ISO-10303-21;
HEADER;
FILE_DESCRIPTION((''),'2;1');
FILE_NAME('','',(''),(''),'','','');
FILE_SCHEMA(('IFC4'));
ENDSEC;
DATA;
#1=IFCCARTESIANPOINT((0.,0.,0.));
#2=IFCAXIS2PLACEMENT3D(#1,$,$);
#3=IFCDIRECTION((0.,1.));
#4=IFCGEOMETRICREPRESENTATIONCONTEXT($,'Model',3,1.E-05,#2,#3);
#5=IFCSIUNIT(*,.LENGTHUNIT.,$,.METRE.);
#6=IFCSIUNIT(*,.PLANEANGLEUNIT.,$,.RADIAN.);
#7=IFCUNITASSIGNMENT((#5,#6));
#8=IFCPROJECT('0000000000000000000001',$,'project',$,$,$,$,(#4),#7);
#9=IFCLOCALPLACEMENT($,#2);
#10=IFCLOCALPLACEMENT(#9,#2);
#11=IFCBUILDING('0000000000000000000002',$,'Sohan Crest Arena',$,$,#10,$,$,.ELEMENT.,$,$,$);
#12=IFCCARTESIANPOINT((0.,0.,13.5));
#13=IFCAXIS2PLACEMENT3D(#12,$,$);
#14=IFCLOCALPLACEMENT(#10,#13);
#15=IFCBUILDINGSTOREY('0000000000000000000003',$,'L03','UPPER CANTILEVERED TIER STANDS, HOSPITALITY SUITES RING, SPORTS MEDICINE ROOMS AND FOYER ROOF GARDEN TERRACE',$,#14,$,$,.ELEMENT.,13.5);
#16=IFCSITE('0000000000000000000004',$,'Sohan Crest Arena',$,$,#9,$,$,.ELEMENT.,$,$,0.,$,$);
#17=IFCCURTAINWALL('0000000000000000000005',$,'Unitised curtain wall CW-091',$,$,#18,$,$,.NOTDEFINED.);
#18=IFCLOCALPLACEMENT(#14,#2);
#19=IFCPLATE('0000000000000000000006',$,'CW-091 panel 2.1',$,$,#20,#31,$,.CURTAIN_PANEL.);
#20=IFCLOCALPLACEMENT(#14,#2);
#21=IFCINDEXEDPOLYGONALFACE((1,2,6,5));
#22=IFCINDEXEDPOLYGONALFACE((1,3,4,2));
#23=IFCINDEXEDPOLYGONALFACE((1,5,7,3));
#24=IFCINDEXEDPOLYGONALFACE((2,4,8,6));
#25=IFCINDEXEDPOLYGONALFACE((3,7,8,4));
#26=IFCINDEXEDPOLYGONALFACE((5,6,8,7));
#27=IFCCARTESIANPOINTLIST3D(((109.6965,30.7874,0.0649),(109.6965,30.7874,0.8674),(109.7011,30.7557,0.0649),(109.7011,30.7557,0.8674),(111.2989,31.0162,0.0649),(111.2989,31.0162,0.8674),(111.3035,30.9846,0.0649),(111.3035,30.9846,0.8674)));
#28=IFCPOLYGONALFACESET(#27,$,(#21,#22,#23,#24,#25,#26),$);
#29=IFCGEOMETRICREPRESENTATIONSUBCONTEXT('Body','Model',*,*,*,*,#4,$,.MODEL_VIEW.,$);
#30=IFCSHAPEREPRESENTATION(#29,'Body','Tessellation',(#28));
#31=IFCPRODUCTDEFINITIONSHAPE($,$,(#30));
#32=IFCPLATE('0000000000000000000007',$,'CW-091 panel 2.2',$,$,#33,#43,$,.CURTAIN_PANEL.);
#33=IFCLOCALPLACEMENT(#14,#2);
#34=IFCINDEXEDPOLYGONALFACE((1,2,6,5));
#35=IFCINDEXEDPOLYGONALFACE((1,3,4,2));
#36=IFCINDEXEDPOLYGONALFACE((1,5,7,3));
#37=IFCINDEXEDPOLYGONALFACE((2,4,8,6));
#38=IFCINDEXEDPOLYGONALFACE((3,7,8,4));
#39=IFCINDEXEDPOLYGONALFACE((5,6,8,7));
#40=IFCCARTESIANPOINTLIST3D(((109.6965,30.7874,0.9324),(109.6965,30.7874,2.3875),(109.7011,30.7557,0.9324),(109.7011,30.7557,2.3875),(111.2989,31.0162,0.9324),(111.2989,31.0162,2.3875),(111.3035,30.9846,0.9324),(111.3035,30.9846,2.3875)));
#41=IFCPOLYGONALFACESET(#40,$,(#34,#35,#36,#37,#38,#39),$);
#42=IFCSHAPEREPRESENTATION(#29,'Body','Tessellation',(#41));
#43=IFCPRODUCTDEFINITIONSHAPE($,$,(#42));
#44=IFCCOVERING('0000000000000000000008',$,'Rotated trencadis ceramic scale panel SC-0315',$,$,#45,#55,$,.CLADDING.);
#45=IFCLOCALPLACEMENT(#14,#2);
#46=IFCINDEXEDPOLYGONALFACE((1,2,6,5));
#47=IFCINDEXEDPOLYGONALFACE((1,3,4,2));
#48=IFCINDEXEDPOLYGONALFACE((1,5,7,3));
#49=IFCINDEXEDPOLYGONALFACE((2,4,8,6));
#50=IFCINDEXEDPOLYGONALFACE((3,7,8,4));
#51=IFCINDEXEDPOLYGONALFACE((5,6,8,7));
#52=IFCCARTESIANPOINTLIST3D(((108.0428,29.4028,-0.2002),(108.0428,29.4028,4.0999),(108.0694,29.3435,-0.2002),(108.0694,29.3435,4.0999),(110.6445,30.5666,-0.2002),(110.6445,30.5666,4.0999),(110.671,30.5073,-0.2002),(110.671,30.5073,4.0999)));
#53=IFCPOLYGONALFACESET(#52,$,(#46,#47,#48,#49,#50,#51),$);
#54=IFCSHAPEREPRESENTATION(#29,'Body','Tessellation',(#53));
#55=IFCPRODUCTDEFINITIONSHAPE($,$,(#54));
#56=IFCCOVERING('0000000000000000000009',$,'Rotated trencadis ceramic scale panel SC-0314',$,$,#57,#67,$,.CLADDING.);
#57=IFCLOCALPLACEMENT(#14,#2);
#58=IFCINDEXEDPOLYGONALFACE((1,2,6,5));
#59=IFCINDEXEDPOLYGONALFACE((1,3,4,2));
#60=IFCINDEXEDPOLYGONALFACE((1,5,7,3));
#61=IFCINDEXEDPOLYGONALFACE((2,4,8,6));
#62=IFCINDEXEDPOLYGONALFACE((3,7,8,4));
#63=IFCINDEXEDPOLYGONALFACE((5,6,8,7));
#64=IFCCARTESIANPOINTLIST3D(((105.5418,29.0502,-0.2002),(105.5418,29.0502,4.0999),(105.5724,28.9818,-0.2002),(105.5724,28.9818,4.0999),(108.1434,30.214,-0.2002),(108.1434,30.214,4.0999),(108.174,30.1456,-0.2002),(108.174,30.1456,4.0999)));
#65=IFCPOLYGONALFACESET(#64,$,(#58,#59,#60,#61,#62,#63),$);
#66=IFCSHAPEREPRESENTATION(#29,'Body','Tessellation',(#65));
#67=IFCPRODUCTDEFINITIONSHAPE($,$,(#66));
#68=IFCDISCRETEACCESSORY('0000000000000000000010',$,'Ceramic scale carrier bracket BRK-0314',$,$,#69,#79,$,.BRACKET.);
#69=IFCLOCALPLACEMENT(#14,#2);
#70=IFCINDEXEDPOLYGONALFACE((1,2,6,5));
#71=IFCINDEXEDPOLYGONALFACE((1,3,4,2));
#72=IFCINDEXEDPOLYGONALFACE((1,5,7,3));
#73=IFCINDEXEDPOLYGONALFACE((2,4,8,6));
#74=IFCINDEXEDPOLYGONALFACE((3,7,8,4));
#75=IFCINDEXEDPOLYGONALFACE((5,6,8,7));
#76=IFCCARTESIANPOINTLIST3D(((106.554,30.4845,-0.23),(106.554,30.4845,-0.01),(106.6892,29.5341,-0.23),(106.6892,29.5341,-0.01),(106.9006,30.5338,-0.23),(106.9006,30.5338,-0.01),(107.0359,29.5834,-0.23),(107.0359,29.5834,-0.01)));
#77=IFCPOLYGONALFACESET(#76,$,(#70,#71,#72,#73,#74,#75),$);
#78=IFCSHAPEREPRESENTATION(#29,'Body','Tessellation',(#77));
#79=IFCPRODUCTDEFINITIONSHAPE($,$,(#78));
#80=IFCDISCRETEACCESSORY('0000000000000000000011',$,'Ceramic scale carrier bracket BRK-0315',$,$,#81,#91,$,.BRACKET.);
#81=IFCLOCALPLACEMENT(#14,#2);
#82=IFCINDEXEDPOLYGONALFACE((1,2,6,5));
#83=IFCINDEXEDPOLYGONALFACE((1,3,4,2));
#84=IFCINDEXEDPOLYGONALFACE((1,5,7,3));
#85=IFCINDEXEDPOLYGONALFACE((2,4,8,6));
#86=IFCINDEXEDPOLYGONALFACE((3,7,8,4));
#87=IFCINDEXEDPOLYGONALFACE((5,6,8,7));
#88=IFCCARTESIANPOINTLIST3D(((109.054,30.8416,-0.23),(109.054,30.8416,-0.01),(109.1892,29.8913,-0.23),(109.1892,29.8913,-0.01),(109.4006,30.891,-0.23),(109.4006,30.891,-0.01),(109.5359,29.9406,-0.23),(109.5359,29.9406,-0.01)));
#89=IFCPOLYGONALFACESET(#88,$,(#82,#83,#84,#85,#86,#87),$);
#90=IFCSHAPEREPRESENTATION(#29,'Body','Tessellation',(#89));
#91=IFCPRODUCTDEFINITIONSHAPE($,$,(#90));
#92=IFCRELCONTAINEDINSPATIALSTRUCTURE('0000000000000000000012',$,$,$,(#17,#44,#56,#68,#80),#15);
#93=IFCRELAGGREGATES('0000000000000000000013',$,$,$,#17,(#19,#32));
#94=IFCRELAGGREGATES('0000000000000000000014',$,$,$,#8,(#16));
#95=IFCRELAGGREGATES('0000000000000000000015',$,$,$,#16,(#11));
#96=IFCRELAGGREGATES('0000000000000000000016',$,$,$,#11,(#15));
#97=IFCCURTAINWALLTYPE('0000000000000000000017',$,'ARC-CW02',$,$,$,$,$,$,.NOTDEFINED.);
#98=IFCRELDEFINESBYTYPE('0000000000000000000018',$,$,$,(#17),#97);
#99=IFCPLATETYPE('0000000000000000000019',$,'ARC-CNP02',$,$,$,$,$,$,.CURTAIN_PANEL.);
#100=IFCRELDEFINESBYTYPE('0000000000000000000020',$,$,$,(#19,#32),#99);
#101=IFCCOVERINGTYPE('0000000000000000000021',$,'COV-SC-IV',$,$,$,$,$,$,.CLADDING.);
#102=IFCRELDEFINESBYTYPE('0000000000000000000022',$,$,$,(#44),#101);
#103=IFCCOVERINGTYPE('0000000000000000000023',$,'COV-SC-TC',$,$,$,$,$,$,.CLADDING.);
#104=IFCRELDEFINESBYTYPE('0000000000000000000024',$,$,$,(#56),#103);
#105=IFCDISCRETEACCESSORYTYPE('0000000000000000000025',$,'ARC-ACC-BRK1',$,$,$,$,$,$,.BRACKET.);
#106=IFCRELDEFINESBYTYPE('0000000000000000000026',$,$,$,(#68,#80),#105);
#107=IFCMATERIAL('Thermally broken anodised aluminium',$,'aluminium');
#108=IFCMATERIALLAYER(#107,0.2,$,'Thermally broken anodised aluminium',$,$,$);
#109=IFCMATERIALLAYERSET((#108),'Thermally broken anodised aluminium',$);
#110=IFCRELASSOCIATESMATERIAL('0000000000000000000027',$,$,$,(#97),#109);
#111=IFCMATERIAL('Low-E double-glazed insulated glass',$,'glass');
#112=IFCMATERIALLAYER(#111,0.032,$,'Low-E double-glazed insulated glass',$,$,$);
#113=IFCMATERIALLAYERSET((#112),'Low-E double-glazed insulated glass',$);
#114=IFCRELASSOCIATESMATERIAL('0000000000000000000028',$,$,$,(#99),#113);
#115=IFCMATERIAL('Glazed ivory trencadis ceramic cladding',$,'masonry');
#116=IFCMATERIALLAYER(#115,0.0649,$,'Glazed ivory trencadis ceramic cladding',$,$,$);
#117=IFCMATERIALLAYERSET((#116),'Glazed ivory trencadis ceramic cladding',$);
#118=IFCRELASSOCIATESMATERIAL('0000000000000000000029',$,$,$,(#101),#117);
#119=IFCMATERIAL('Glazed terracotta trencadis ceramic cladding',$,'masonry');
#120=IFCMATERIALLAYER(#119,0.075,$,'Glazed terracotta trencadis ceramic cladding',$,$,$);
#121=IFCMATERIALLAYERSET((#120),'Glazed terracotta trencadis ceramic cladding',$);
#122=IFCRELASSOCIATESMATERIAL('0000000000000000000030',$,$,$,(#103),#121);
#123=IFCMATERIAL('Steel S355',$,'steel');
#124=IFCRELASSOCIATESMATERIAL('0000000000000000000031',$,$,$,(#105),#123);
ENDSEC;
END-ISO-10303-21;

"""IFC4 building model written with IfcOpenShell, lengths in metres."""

from ifc_helpers import new_model, si_unit, direction, frame, origin, origin_2d, place, context, subcontext, project, spatial, rectangle, extrude, material, layer, layer_set, type_object, element, aggregate, save


model = new_model("IFC4")

# Units and contexts
model_context = context("Model", 3, precision=1e-05, world=origin(), true_north=direction((0.0, 1.0)))
body_context = subcontext(model_context, "Body", "Model", "MODEL_VIEW")
ifc_project = project(units=[si_unit("LENGTHUNIT", "METRE"), si_unit("PLANEANGLEUNIT", "RADIAN")], contexts=[model_context])

# Site, building, storey
site_placement = place(None, origin())
site = spatial("IfcSite", under=ifc_project, at=site_placement, Name="Sohan Crest Arena", CompositionType="ELEMENT", RefElevation=0.0)
building_placement = place(site_placement, origin())
building = spatial("IfcBuilding", under=site, at=building_placement, Name="Sohan Crest Arena", CompositionType="ELEMENT")
storey_placement = place(building_placement, frame((0.0, 0.0, 13.5)))
storey = spatial("IfcBuildingStorey", under=building, at=storey_placement, Name="L03", Description="UPPER CANTILEVERED TIER STANDS, HOSPITALITY SUITES RING, SPORTS MEDICINE ROOMS AND FOYER ROOF GARDEN TERRACE", CompositionType="ELEMENT", Elevation=13.5)

# Shared definitions
ifc_material_1 = material(Name="Steel S355", Category="steel")

# Curtain wall
ifc_material_2 = material(Name="Thermally broken anodised aluminium", Category="aluminium")
ifc_layer_1 = layer(ifc_material_2, 0.2, Name="Thermally broken anodised aluminium")
ifc_layer_set_1 = layer_set([ifc_layer_1], Name="Thermally broken anodised aluminium")
curtain_wall_type_1 = type_object("IfcCurtainWallType", Name="ARC-CW02", PredefinedType="NOTDEFINED", material=ifc_layer_set_1)
curtain_wall_1_placement = place(storey_placement, origin())
curtain_wall_1 = element("IfcCurtainWall", 1, at=curtain_wall_1_placement, inside=storey, type_object=curtain_wall_type_1, Name="Unitised curtain wall CW-091", PredefinedType="NOTDEFINED")

# Plates
ifc_material_3 = material(Name="Low-E double-glazed insulated glass", Category="glass")
ifc_layer_2 = layer(ifc_material_3, 0.032, Name="Low-E double-glazed insulated glass")
ifc_layer_set_2 = layer_set([ifc_layer_2], Name="Low-E double-glazed insulated glass")
plate_type_1 = type_object("IfcPlateType", Name="ARC-CNP02", PredefinedType="CURTAIN_PANEL", material=ifc_layer_set_2)
plate_1_placement = place(storey_placement, frame((110.5, 30.886, 0.0649), z_axis=(0.0, 0.0, 1.0), x_axis=(0.989957, 0.141366, 0.0)))
plate_1 = element("IfcPlate", 2, at=plate_1_placement, type_object=plate_type_1, Name="CW-091 panel 2.1", PredefinedType="CURTAIN_PANEL", context=body_context, shape_type="SweptSolid", body=[
    extrude(rectangle(XDim=1.6187, YDim=0.032, at=origin_2d()), origin(), (0.0, 0.0, 1.0), 0.8025),
])
plate_2_placement = place(storey_placement, frame((110.5, 30.886, 0.9324), z_axis=(0.0, 0.0, 1.0), x_axis=(0.989957, 0.141366, 0.0)))
plate_2 = element("IfcPlate", 3, at=plate_2_placement, type_object=plate_type_1, Name="CW-091 panel 2.2", PredefinedType="CURTAIN_PANEL", context=body_context, shape_type="SweptSolid", body=[
    extrude(rectangle(XDim=1.6187, YDim=0.032, at=origin_2d()), origin(), (0.0, 0.0, 1.0), 1.4551),
])
aggregate(curtain_wall_1, [plate_1, plate_2])

# Coverings
ifc_material_4 = material(Name="Glazed ivory trencadis ceramic cladding", Category="masonry")
ifc_layer_3 = layer(ifc_material_4, 0.0649, Name="Glazed ivory trencadis ceramic cladding")
ifc_layer_set_3 = layer_set([ifc_layer_3], Name="Glazed ivory trencadis ceramic cladding")
covering_type_1 = type_object("IfcCoveringType", Name="COV-SC-IV", PredefinedType="CLADDING", material=ifc_layer_set_3)
covering_1_placement = place(storey_placement, frame((109.3569, 29.9551, -0.2002), z_axis=(0.0, 0.0, 1.0), x_axis=(0.912834, 0.40833, 0.0)))
element("IfcCovering", 4, at=covering_1_placement, inside=storey, type_object=covering_type_1, Name="Rotated trencadis ceramic scale panel SC-0315", PredefinedType="CLADDING", context=body_context, shape_type="SweptSolid", body=[
    extrude(rectangle(XDim=2.8501, YDim=0.0649, at=origin_2d()), origin(), (0.0, 0.0, 1.0), 4.3),
])
ifc_material_5 = material(Name="Glazed terracotta trencadis ceramic cladding", Category="masonry")
ifc_layer_4 = layer(ifc_material_5, 0.075, Name="Glazed terracotta trencadis ceramic cladding")
ifc_layer_set_4 = layer_set([ifc_layer_4], Name="Glazed terracotta trencadis ceramic cladding")
covering_type_2 = type_object("IfcCoveringType", Name="COV-SC-TC", PredefinedType="CLADDING", material=ifc_layer_set_4)
covering_2_placement = place(storey_placement, frame((106.8579, 29.5979, -0.2002), z_axis=(0.0, 0.0, 1.0), x_axis=(0.912834, 0.40833, 0.0)))
element("IfcCovering", 5, at=covering_2_placement, inside=storey, type_object=covering_type_2, Name="Rotated trencadis ceramic scale panel SC-0314", PredefinedType="CLADDING", context=body_context, shape_type="SweptSolid", body=[
    extrude(rectangle(XDim=2.8501, YDim=0.075, at=origin_2d()), origin(), (0.0, 0.0, 1.0), 4.3),
])

# Discrete accessories
discrete_accessory_type = type_object("IfcDiscreteAccessoryType", Name="ARC-ACC-BRK1", PredefinedType="BRACKET", material=ifc_material_1)
for number, where, z_axis, x_axis, name in (
    (6, (106.7949, 30.0339, -0.23), (0.0, 0.0, 1.0), (0.990024, 0.140901, 0.0), "Ceramic scale carrier bracket BRK-0314"),
    (7, (109.2949, 30.3911, -0.23), (0.0, 0.0, 1.0), (0.990024, 0.140901, 0.0), "Ceramic scale carrier bracket BRK-0315"),
):
    element("IfcDiscreteAccessory", number, at=place(storey_placement, frame(where, z_axis=z_axis, x_axis=x_axis)), inside=storey, type_object=discrete_accessory_type, Name=name, PredefinedType="BRACKET", context=body_context, shape_type="SweptSolid", body=[
        extrude(rectangle(XDim=0.3501, YDim=0.96, at=origin_2d()), origin(), (0.0, 0.0, 1.0), 0.22),
    ])

save(model, "model.ifc")
